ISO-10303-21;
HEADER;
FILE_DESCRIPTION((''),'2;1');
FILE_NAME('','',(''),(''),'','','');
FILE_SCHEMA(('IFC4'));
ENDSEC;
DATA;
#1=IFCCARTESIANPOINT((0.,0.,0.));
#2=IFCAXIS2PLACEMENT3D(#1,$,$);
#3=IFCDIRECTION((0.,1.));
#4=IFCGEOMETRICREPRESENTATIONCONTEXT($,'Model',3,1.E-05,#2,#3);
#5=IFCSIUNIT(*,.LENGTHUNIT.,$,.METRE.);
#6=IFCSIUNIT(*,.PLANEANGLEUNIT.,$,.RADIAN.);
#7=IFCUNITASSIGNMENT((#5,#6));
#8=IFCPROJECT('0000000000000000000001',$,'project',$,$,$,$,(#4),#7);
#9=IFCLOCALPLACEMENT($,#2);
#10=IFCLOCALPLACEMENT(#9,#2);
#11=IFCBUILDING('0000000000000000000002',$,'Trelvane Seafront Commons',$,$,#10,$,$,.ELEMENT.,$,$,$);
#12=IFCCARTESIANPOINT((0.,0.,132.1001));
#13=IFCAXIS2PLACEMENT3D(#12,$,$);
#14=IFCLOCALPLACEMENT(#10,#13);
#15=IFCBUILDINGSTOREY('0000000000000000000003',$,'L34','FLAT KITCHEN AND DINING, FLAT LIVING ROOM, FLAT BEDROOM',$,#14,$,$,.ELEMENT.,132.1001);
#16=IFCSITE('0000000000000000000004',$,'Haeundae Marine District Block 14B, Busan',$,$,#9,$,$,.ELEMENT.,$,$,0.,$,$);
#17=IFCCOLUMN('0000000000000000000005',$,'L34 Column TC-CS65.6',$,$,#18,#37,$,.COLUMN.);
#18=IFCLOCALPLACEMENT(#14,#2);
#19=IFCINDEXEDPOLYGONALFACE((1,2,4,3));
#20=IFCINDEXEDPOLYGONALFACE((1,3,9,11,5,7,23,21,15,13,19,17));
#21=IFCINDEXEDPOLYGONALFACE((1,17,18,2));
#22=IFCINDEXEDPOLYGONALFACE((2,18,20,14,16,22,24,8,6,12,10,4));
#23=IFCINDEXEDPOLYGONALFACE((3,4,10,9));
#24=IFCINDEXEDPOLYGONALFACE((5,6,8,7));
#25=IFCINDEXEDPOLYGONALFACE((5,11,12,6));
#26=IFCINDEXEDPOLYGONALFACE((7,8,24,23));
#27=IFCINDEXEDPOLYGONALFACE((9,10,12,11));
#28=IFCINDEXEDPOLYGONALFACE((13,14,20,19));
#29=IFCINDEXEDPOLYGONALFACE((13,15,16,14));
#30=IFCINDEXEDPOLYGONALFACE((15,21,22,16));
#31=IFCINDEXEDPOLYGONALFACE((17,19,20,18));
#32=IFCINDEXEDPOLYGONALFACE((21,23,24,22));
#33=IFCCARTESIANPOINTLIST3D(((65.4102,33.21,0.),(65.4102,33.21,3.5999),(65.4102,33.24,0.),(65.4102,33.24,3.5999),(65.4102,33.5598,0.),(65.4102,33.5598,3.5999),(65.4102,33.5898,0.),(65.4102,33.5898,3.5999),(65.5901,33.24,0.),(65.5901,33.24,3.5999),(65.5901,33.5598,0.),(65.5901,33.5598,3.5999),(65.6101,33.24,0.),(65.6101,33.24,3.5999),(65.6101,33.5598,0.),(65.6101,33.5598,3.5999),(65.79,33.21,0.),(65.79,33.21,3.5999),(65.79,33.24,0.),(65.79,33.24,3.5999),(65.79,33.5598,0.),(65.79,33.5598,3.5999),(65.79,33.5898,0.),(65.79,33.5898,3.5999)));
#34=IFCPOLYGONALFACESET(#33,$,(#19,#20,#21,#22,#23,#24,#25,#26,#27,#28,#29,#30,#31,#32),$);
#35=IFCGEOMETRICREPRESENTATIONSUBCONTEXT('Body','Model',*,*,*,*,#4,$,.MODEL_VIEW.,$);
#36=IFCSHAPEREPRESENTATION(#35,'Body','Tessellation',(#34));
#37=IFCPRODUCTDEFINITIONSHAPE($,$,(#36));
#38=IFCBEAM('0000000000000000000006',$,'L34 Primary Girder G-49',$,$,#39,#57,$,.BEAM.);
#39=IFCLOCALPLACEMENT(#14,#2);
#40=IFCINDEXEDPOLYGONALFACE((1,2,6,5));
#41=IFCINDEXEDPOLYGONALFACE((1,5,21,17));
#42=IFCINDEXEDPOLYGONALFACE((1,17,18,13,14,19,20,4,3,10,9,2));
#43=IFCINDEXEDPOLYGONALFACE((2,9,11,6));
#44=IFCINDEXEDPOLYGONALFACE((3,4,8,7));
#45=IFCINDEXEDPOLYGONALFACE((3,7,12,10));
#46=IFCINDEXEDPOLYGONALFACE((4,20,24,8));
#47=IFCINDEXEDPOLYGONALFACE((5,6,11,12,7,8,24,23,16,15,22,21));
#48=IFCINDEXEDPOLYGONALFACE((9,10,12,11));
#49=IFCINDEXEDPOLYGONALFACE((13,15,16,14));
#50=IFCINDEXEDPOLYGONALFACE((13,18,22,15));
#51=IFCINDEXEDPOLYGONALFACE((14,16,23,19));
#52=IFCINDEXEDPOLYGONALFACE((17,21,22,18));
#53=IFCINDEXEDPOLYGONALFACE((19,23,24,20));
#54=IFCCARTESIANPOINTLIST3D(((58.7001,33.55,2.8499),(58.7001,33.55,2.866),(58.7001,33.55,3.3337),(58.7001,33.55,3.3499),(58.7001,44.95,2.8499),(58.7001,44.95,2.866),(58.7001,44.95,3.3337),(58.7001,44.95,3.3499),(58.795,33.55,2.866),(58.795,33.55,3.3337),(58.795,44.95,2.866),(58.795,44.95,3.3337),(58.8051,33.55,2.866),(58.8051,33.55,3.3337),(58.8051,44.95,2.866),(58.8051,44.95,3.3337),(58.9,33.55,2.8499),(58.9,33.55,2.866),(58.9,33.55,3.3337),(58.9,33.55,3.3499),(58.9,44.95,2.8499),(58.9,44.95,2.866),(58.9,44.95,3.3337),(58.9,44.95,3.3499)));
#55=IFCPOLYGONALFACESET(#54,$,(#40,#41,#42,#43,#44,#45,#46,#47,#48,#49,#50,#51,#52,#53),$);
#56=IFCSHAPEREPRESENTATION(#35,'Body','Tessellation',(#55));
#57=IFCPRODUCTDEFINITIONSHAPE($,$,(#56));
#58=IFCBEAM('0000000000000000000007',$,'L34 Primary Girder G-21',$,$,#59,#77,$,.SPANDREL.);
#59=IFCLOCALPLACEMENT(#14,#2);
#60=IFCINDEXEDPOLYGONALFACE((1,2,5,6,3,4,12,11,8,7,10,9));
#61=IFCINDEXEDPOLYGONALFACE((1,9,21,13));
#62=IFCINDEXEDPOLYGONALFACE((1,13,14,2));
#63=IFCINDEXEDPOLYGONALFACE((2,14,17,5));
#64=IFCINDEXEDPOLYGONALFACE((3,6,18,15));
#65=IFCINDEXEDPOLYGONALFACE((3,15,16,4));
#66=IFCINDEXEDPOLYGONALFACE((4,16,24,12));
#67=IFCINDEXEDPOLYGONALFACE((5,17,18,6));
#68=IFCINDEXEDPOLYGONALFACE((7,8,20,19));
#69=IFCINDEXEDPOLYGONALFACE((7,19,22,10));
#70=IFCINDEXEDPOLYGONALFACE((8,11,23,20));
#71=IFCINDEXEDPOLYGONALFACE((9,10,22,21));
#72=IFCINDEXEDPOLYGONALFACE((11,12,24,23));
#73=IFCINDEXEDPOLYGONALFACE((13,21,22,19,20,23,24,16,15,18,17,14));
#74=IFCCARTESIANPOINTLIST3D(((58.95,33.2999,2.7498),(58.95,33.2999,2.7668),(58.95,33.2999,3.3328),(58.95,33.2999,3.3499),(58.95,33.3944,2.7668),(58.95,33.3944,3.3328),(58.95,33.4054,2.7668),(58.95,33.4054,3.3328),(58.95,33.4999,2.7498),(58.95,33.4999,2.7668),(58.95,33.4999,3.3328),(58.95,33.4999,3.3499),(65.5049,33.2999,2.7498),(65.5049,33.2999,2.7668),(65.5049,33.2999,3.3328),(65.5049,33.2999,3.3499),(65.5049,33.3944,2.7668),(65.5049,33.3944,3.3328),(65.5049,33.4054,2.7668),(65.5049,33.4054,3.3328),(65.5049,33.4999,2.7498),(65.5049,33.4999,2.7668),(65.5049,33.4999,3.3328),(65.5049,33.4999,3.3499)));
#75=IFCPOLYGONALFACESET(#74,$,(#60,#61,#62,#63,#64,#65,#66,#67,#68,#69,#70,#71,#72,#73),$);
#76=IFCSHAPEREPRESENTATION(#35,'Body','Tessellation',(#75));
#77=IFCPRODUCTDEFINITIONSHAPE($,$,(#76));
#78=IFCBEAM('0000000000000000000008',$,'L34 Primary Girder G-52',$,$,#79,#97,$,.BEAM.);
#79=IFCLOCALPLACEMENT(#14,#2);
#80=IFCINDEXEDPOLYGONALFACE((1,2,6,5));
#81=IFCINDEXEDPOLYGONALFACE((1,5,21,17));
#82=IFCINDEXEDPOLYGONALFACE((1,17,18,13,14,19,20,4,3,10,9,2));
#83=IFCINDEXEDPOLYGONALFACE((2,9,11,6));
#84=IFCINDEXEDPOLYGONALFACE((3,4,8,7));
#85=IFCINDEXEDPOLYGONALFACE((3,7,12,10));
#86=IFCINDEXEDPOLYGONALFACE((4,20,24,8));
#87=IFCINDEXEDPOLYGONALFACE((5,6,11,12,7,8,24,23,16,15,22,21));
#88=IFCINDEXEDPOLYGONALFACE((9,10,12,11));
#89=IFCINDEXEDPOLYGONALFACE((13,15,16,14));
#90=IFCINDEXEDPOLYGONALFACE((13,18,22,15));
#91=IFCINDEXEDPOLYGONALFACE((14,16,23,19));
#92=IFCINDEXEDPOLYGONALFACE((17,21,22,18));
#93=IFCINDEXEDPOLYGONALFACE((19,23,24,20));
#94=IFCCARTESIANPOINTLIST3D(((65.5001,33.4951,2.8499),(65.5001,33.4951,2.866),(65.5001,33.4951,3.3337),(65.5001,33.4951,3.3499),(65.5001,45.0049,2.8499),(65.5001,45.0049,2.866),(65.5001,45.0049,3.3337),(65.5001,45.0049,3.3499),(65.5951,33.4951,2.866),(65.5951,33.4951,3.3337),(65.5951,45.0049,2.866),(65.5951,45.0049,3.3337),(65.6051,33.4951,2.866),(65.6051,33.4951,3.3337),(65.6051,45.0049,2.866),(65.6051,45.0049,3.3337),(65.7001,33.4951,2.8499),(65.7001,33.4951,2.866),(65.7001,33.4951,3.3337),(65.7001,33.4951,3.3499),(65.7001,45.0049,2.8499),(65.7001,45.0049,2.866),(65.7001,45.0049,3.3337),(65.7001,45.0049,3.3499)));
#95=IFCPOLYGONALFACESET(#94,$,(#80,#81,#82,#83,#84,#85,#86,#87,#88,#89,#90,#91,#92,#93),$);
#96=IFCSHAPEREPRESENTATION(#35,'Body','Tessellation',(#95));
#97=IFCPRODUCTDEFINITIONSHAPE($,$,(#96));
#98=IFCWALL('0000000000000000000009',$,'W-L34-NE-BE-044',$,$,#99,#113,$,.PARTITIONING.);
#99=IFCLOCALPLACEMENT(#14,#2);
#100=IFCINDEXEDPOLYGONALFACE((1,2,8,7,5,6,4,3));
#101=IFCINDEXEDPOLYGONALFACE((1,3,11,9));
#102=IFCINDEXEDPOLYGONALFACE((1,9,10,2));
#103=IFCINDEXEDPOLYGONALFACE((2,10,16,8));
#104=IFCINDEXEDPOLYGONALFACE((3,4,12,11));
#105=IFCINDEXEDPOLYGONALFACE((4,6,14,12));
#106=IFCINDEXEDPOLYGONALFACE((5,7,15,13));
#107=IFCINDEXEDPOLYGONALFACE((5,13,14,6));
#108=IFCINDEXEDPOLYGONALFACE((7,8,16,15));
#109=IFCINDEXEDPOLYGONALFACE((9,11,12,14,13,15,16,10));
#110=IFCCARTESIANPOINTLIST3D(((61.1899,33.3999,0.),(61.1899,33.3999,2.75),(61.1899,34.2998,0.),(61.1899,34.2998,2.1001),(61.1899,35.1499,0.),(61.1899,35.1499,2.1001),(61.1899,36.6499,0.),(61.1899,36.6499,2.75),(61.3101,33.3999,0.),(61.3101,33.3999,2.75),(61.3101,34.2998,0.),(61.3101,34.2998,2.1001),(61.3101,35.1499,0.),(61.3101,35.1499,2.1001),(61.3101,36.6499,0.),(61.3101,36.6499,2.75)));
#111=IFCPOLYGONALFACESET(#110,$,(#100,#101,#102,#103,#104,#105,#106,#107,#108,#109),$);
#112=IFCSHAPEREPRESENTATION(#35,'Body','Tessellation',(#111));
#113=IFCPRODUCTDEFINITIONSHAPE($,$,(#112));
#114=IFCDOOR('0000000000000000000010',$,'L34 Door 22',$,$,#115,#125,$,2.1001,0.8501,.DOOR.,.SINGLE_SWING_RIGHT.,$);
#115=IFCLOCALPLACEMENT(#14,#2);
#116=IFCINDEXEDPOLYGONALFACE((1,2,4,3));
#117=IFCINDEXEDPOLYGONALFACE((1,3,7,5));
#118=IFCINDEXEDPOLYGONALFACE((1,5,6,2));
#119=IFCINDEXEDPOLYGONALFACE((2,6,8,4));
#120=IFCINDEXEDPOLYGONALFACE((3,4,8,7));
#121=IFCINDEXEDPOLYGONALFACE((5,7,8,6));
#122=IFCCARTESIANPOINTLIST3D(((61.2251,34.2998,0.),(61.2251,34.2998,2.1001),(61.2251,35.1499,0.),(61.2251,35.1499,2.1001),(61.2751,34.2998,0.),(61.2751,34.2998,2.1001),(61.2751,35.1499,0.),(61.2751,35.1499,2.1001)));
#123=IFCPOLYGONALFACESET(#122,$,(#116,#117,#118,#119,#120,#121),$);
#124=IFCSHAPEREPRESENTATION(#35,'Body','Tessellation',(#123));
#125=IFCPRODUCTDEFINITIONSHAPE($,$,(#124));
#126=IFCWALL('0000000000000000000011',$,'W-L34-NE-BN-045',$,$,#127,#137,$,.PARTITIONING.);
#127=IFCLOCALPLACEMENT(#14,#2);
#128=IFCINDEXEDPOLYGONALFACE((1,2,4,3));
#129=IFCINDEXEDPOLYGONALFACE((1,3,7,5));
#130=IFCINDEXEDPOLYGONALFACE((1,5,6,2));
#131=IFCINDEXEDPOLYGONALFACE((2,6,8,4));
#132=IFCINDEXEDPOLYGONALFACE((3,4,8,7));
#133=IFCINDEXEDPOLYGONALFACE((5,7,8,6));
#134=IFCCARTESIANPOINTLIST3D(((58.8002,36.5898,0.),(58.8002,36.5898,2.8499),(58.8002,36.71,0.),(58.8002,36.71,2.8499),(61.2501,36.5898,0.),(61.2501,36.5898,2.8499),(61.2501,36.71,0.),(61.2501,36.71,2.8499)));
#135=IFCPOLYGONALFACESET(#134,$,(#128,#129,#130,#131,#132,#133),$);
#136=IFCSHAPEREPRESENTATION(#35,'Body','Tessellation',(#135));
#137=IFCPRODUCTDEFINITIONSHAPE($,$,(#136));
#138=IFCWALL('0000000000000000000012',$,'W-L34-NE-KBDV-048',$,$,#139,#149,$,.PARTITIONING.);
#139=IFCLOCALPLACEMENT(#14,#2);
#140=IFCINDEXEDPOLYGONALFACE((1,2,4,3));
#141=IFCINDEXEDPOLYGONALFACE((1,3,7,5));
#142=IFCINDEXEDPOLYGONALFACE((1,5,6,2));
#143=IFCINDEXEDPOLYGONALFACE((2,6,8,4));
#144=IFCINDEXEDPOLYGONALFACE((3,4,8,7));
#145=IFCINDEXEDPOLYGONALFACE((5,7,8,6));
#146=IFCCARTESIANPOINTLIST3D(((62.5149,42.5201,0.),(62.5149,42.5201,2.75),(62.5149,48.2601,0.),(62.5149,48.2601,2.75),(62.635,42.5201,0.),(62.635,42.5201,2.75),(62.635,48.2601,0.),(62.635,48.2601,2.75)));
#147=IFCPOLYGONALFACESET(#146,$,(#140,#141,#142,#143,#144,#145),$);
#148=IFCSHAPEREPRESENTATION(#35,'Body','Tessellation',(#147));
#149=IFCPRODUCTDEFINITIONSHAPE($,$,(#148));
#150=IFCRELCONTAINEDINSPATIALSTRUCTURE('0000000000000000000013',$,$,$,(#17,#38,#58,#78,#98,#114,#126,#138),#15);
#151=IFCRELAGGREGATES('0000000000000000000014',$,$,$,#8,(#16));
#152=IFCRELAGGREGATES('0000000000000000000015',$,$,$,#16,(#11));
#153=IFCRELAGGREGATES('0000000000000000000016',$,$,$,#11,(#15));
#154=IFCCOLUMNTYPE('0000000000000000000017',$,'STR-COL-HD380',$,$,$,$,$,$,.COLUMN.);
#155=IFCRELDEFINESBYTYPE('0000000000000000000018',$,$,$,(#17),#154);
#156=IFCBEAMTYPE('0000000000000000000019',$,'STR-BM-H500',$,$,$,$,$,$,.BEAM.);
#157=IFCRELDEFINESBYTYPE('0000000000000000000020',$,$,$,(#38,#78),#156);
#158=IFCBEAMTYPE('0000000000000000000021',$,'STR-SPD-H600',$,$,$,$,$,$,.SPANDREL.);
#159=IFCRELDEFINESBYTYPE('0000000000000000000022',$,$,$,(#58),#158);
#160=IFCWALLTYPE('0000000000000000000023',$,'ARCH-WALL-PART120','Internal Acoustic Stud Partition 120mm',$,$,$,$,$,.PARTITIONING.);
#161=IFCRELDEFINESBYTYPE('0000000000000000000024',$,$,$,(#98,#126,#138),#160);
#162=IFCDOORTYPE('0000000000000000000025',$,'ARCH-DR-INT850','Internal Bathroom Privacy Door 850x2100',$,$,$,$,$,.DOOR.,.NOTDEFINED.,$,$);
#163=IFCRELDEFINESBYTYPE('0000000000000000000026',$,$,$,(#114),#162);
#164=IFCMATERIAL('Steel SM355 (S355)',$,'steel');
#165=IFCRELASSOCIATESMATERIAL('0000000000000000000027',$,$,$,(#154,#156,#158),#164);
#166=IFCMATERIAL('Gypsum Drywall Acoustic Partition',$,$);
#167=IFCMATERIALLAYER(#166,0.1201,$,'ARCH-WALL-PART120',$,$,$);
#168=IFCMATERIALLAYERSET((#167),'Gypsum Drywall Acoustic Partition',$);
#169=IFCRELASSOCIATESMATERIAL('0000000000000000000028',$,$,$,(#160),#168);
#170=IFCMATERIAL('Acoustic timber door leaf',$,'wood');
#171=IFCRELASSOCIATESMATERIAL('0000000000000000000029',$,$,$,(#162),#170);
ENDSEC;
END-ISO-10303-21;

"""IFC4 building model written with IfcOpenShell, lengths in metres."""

from ifc_helpers import new_model, si_unit, direction, frame, frame_2d, origin, origin_2d, place, context, subcontext, project, spatial, rectangle, i_section, extrude, source, transform, mapped, material, layer, layer_set, material_profile, profile_set, type_object, element, fill, save


model = new_model("IFC4")

# Units and contexts
model_context = context("Model", 3, precision=1e-05, world=origin(), true_north=direction((0.0, 1.0)))
body_context = subcontext(model_context, "Body", "Model", "MODEL_VIEW")
ifc_project = project(units=[si_unit("LENGTHUNIT", "METRE"), si_unit("PLANEANGLEUNIT", "RADIAN")], contexts=[model_context])

# Site, building, storey
site_placement = place(None, origin())
site = spatial("IfcSite", under=ifc_project, at=site_placement, Name="Haeundae Marine District Block 14B, Busan", CompositionType="ELEMENT", RefElevation=0.0)
building_placement = place(site_placement, origin())
building = spatial("IfcBuilding", under=site, at=building_placement, Name="Trelvane Seafront Commons", CompositionType="ELEMENT")
storey_placement = place(building_placement, frame((0.0, 0.0, 132.1001)))
storey = spatial("IfcBuildingStorey", under=building, at=storey_placement, Name="L34", Description="FLAT KITCHEN AND DINING, FLAT LIVING ROOM, FLAT BEDROOM", CompositionType="ELEMENT", Elevation=132.1001)

# Column
ifc_material_1 = material(Name="Steel SM355 (S355)", Category="steel")
ifc_material_profile_1 = material_profile(ifc_material_1, i_section(OverallWidth=0.3799, OverallDepth=0.3799, WebThickness=0.02, FlangeThickness=0.03, at=origin_2d()), Name="HD-380x380x20x30")
ifc_profile_set_1 = profile_set([ifc_material_profile_1], Name="Steel SM355 (S355)")
column_type = type_object("IfcColumnType", Name="STR-COL-HD380", PredefinedType="COLUMN", material=ifc_profile_set_1)
shared_shape_1 = source(origin(), body_context, "Body", "SweptSolid", [
    extrude(i_section(OverallWidth=0.3799, OverallDepth=0.3799, WebThickness=0.02, FlangeThickness=0.03, at=origin_2d()), origin(), (0.0, 0.0, 1.0), 3.5999),
])
column_placement = place(storey_placement, frame((65.6001, 33.3999, 0.0), z_axis=(0.0, 0.0, 1.0), x_axis=(1.0, 0.0, 0.0)))
element("IfcColumn", 1, at=column_placement, inside=storey, type_object=column_type, Name="L34 Column TC-CS65.6", PredefinedType="COLUMN", context=body_context, shape_type="MappedRepresentation", body=[
    mapped(shared_shape_1, transform((0.0, 0.0, 0.0), x_axis=(1.0, 0.0, 0.0), y_axis=(0.0, 1.0, 0.0), z_axis=(0.0, 0.0, 1.0), scale=1.0)),
])

# Beams
ifc_material_profile_2 = material_profile(ifc_material_1, i_section(OverallWidth=0.2, OverallDepth=0.5, WebThickness=0.01, FlangeThickness=0.0161, at=origin_2d()), Name="H-500x200x10x16")
ifc_profile_set_2 = profile_set([ifc_material_profile_2], Name="Steel SM355 (S355)")
beam_type_1 = type_object("IfcBeamType", Name="STR-BM-H500", PredefinedType="BEAM", material=ifc_profile_set_2)
shared_shape_2 = source(origin(), body_context, "Body", "SweptSolid", [
    extrude(i_section(OverallWidth=0.2, OverallDepth=0.5, WebThickness=0.01, FlangeThickness=0.0161, at=origin_2d()), origin(), (0.0, 0.0, 1.0), 11.3999),
])
beam_1_placement = place(storey_placement, frame((58.8, 33.55, 3.0999), z_axis=(0.0, 1.0, 0.0), x_axis=(-1.0, 0.0, 0.0)))
element("IfcBeam", 2, at=beam_1_placement, inside=storey, type_object=beam_type_1, Name="L34 Primary Girder G-49", PredefinedType="BEAM", context=body_context, shape_type="MappedRepresentation", body=[
    mapped(shared_shape_2, transform((0.0, 0.0, 0.0), x_axis=(1.0, 0.0, 0.0), y_axis=(0.0, 1.0, 0.0), z_axis=(0.0, 0.0, 1.0), scale=1.0)),
])
ifc_material_profile_3 = material_profile(ifc_material_1, i_section(OverallWidth=0.2, OverallDepth=0.6001, WebThickness=0.011, FlangeThickness=0.0171, at=origin_2d()), Name="H-600x200x11x17")
ifc_profile_set_3 = profile_set([ifc_material_profile_3], Name="Steel SM355 (S355)")
beam_type_2 = type_object("IfcBeamType", Name="STR-SPD-H600", PredefinedType="SPANDREL", material=ifc_profile_set_3)
shared_shape_3 = source(origin(), body_context, "Body", "SweptSolid", [
    extrude(i_section(OverallWidth=0.2, OverallDepth=0.6001, WebThickness=0.011, FlangeThickness=0.0171, at=origin_2d()), origin(), (0.0, 0.0, 1.0), 6.5549),
])
beam_2_placement = place(storey_placement, frame((58.95, 33.3999, 3.0498), z_axis=(1.0, 0.0, 0.0), x_axis=(0.0, 1.0, 0.0)))
element("IfcBeam", 3, at=beam_2_placement, inside=storey, type_object=beam_type_2, Name="L34 Primary Girder G-21", PredefinedType="SPANDREL", context=body_context, shape_type="MappedRepresentation", body=[
    mapped(shared_shape_3, transform((0.0, 0.0, 0.0), x_axis=(1.0, 0.0, 0.0), y_axis=(0.0, 1.0, 0.0), z_axis=(0.0, 0.0, 1.0), scale=1.0)),
])
shared_shape_4 = source(origin(), body_context, "Body", "SweptSolid", [
    extrude(i_section(OverallWidth=0.2, OverallDepth=0.5, WebThickness=0.01, FlangeThickness=0.0161, at=origin_2d()), origin(), (0.0, 0.0, 1.0), 11.5098),
])
beam_3_placement = place(storey_placement, frame((65.6001, 33.4951, 3.0999), z_axis=(0.0, 1.0, 0.0), x_axis=(-1.0, 0.0, 0.0)))
element("IfcBeam", 4, at=beam_3_placement, inside=storey, type_object=beam_type_1, Name="L34 Primary Girder G-52", PredefinedType="BEAM", context=body_context, shape_type="MappedRepresentation", body=[
    mapped(shared_shape_4, transform((0.0, 0.0, 0.0), x_axis=(1.0, 0.0, 0.0), y_axis=(0.0, 1.0, 0.0), z_axis=(0.0, 0.0, 1.0), scale=1.0)),
])

# Wall, opening, door
ifc_material_2 = material(Name="Gypsum Drywall Acoustic Partition")
ifc_layer_1 = layer(ifc_material_2, 0.1201, Name="ARCH-WALL-PART120")
ifc_layer_set_1 = layer_set([ifc_layer_1], Name="Gypsum Drywall Acoustic Partition")
wall_type_1 = type_object("IfcWallType", Name="ARCH-WALL-PART120", Description="Internal Acoustic Stud Partition 120mm", PredefinedType="PARTITIONING", material=ifc_layer_set_1)
wall_1_placement = place(storey_placement, frame((61.25, 33.3999, 0.0), z_axis=(0.0, 0.0, 1.0), x_axis=(0.0, 1.0, 0.0)))
wall_1 = element("IfcWall", 5, at=wall_1_placement, inside=storey, type_object=wall_type_1, Name="W-L34-NE-BE-044", PredefinedType="PARTITIONING", context=body_context, shape_type="SweptSolid", body=[
    extrude(rectangle(XDim=3.25, YDim=0.1201, at=frame_2d((1.625, 0.0))), origin(), (0.0, 0.0, 1.0), 2.75),
])
opening_1_placement = place(wall_1_placement, frame((0.8999, 0.0, 0.0)))
opening_1 = element("IfcOpeningElement", 6, at=opening_1_placement, cuts=wall_1, PredefinedType="OPENING", context=body_context, shape_type="SweptSolid", body=[
    extrude(rectangle(XDim=0.8501, YDim=2.1001, at=frame_2d((0.425, 1.05))), frame((0.0, 0.0701, 0.0), z_axis=(0.0, -1.0, 0.0), x_axis=(1.0, 0.0, 0.0)), (0.0, 0.0, 1.0), 0.1401),
])
ifc_material_3 = material(Name="Acoustic timber door leaf", Category="wood")
door_type_1 = type_object("IfcDoorType", Name="ARCH-DR-INT850", Description="Internal Bathroom Privacy Door 850x2100", OperationType="NOTDEFINED", PredefinedType="DOOR", material=ifc_material_3)
shared_shape_5 = source(origin(), body_context, "Body", "SweptSolid", [
    extrude(rectangle(XDim=0.8501, YDim=2.1001, at=frame_2d((0.425, 1.05))), frame((0.0, 0.0249, 0.0), z_axis=(0.0, -1.0, 0.0), x_axis=(1.0, 0.0, 0.0)), (0.0, 0.0, 1.0), 0.05),
])
door_1_placement = place(opening_1_placement, origin())
door_1 = element("IfcDoor", 7, at=door_1_placement, inside=storey, type_object=door_type_1, Name="L34 Door 22", OperationType="SINGLE_SWING_RIGHT", OverallHeight=2.1001, OverallWidth=0.8501, PredefinedType="DOOR", context=body_context, shape_type="MappedRepresentation", body=[
    mapped(shared_shape_5, transform((0.0, 0.0, 0.0), x_axis=(1.0, 0.0, 0.0), y_axis=(0.0, 1.0, 0.0), z_axis=(0.0, 0.0, 1.0), scale=1.0)),
])
fill(opening_1, door_1)

# Wall
wall_2_placement = place(storey_placement, frame((58.8, 36.6499, 0.0), z_axis=(0.0, 0.0, 1.0), x_axis=(1.0, 0.0, 0.0)))
element("IfcWall", 8, at=wall_2_placement, inside=storey, type_object=wall_type_1, Name="W-L34-NE-BN-045", PredefinedType="PARTITIONING", context=body_context, shape_type="SweptSolid", body=[
    extrude(rectangle(XDim=2.45, YDim=0.1201, at=frame_2d((1.2251, 0.0))), origin(), (0.0, 0.0, 1.0), 2.8499),
])

# Wall
wall_3_placement = place(storey_placement, frame((62.575, 42.52, 0.0), z_axis=(0.0, 0.0, 1.0), x_axis=(0.0, 1.0, 0.0)))
element("IfcWall", 9, at=wall_3_placement, inside=storey, type_object=wall_type_1, Name="W-L34-NE-KBDV-048", PredefinedType="PARTITIONING", context=body_context, shape_type="SweptSolid", body=[
    extrude(rectangle(XDim=5.74, YDim=0.1201, at=frame_2d((2.8701, 0.0))), origin(), (0.0, 0.0, 1.0), 2.75),
])

save(model, "model.ifc")
